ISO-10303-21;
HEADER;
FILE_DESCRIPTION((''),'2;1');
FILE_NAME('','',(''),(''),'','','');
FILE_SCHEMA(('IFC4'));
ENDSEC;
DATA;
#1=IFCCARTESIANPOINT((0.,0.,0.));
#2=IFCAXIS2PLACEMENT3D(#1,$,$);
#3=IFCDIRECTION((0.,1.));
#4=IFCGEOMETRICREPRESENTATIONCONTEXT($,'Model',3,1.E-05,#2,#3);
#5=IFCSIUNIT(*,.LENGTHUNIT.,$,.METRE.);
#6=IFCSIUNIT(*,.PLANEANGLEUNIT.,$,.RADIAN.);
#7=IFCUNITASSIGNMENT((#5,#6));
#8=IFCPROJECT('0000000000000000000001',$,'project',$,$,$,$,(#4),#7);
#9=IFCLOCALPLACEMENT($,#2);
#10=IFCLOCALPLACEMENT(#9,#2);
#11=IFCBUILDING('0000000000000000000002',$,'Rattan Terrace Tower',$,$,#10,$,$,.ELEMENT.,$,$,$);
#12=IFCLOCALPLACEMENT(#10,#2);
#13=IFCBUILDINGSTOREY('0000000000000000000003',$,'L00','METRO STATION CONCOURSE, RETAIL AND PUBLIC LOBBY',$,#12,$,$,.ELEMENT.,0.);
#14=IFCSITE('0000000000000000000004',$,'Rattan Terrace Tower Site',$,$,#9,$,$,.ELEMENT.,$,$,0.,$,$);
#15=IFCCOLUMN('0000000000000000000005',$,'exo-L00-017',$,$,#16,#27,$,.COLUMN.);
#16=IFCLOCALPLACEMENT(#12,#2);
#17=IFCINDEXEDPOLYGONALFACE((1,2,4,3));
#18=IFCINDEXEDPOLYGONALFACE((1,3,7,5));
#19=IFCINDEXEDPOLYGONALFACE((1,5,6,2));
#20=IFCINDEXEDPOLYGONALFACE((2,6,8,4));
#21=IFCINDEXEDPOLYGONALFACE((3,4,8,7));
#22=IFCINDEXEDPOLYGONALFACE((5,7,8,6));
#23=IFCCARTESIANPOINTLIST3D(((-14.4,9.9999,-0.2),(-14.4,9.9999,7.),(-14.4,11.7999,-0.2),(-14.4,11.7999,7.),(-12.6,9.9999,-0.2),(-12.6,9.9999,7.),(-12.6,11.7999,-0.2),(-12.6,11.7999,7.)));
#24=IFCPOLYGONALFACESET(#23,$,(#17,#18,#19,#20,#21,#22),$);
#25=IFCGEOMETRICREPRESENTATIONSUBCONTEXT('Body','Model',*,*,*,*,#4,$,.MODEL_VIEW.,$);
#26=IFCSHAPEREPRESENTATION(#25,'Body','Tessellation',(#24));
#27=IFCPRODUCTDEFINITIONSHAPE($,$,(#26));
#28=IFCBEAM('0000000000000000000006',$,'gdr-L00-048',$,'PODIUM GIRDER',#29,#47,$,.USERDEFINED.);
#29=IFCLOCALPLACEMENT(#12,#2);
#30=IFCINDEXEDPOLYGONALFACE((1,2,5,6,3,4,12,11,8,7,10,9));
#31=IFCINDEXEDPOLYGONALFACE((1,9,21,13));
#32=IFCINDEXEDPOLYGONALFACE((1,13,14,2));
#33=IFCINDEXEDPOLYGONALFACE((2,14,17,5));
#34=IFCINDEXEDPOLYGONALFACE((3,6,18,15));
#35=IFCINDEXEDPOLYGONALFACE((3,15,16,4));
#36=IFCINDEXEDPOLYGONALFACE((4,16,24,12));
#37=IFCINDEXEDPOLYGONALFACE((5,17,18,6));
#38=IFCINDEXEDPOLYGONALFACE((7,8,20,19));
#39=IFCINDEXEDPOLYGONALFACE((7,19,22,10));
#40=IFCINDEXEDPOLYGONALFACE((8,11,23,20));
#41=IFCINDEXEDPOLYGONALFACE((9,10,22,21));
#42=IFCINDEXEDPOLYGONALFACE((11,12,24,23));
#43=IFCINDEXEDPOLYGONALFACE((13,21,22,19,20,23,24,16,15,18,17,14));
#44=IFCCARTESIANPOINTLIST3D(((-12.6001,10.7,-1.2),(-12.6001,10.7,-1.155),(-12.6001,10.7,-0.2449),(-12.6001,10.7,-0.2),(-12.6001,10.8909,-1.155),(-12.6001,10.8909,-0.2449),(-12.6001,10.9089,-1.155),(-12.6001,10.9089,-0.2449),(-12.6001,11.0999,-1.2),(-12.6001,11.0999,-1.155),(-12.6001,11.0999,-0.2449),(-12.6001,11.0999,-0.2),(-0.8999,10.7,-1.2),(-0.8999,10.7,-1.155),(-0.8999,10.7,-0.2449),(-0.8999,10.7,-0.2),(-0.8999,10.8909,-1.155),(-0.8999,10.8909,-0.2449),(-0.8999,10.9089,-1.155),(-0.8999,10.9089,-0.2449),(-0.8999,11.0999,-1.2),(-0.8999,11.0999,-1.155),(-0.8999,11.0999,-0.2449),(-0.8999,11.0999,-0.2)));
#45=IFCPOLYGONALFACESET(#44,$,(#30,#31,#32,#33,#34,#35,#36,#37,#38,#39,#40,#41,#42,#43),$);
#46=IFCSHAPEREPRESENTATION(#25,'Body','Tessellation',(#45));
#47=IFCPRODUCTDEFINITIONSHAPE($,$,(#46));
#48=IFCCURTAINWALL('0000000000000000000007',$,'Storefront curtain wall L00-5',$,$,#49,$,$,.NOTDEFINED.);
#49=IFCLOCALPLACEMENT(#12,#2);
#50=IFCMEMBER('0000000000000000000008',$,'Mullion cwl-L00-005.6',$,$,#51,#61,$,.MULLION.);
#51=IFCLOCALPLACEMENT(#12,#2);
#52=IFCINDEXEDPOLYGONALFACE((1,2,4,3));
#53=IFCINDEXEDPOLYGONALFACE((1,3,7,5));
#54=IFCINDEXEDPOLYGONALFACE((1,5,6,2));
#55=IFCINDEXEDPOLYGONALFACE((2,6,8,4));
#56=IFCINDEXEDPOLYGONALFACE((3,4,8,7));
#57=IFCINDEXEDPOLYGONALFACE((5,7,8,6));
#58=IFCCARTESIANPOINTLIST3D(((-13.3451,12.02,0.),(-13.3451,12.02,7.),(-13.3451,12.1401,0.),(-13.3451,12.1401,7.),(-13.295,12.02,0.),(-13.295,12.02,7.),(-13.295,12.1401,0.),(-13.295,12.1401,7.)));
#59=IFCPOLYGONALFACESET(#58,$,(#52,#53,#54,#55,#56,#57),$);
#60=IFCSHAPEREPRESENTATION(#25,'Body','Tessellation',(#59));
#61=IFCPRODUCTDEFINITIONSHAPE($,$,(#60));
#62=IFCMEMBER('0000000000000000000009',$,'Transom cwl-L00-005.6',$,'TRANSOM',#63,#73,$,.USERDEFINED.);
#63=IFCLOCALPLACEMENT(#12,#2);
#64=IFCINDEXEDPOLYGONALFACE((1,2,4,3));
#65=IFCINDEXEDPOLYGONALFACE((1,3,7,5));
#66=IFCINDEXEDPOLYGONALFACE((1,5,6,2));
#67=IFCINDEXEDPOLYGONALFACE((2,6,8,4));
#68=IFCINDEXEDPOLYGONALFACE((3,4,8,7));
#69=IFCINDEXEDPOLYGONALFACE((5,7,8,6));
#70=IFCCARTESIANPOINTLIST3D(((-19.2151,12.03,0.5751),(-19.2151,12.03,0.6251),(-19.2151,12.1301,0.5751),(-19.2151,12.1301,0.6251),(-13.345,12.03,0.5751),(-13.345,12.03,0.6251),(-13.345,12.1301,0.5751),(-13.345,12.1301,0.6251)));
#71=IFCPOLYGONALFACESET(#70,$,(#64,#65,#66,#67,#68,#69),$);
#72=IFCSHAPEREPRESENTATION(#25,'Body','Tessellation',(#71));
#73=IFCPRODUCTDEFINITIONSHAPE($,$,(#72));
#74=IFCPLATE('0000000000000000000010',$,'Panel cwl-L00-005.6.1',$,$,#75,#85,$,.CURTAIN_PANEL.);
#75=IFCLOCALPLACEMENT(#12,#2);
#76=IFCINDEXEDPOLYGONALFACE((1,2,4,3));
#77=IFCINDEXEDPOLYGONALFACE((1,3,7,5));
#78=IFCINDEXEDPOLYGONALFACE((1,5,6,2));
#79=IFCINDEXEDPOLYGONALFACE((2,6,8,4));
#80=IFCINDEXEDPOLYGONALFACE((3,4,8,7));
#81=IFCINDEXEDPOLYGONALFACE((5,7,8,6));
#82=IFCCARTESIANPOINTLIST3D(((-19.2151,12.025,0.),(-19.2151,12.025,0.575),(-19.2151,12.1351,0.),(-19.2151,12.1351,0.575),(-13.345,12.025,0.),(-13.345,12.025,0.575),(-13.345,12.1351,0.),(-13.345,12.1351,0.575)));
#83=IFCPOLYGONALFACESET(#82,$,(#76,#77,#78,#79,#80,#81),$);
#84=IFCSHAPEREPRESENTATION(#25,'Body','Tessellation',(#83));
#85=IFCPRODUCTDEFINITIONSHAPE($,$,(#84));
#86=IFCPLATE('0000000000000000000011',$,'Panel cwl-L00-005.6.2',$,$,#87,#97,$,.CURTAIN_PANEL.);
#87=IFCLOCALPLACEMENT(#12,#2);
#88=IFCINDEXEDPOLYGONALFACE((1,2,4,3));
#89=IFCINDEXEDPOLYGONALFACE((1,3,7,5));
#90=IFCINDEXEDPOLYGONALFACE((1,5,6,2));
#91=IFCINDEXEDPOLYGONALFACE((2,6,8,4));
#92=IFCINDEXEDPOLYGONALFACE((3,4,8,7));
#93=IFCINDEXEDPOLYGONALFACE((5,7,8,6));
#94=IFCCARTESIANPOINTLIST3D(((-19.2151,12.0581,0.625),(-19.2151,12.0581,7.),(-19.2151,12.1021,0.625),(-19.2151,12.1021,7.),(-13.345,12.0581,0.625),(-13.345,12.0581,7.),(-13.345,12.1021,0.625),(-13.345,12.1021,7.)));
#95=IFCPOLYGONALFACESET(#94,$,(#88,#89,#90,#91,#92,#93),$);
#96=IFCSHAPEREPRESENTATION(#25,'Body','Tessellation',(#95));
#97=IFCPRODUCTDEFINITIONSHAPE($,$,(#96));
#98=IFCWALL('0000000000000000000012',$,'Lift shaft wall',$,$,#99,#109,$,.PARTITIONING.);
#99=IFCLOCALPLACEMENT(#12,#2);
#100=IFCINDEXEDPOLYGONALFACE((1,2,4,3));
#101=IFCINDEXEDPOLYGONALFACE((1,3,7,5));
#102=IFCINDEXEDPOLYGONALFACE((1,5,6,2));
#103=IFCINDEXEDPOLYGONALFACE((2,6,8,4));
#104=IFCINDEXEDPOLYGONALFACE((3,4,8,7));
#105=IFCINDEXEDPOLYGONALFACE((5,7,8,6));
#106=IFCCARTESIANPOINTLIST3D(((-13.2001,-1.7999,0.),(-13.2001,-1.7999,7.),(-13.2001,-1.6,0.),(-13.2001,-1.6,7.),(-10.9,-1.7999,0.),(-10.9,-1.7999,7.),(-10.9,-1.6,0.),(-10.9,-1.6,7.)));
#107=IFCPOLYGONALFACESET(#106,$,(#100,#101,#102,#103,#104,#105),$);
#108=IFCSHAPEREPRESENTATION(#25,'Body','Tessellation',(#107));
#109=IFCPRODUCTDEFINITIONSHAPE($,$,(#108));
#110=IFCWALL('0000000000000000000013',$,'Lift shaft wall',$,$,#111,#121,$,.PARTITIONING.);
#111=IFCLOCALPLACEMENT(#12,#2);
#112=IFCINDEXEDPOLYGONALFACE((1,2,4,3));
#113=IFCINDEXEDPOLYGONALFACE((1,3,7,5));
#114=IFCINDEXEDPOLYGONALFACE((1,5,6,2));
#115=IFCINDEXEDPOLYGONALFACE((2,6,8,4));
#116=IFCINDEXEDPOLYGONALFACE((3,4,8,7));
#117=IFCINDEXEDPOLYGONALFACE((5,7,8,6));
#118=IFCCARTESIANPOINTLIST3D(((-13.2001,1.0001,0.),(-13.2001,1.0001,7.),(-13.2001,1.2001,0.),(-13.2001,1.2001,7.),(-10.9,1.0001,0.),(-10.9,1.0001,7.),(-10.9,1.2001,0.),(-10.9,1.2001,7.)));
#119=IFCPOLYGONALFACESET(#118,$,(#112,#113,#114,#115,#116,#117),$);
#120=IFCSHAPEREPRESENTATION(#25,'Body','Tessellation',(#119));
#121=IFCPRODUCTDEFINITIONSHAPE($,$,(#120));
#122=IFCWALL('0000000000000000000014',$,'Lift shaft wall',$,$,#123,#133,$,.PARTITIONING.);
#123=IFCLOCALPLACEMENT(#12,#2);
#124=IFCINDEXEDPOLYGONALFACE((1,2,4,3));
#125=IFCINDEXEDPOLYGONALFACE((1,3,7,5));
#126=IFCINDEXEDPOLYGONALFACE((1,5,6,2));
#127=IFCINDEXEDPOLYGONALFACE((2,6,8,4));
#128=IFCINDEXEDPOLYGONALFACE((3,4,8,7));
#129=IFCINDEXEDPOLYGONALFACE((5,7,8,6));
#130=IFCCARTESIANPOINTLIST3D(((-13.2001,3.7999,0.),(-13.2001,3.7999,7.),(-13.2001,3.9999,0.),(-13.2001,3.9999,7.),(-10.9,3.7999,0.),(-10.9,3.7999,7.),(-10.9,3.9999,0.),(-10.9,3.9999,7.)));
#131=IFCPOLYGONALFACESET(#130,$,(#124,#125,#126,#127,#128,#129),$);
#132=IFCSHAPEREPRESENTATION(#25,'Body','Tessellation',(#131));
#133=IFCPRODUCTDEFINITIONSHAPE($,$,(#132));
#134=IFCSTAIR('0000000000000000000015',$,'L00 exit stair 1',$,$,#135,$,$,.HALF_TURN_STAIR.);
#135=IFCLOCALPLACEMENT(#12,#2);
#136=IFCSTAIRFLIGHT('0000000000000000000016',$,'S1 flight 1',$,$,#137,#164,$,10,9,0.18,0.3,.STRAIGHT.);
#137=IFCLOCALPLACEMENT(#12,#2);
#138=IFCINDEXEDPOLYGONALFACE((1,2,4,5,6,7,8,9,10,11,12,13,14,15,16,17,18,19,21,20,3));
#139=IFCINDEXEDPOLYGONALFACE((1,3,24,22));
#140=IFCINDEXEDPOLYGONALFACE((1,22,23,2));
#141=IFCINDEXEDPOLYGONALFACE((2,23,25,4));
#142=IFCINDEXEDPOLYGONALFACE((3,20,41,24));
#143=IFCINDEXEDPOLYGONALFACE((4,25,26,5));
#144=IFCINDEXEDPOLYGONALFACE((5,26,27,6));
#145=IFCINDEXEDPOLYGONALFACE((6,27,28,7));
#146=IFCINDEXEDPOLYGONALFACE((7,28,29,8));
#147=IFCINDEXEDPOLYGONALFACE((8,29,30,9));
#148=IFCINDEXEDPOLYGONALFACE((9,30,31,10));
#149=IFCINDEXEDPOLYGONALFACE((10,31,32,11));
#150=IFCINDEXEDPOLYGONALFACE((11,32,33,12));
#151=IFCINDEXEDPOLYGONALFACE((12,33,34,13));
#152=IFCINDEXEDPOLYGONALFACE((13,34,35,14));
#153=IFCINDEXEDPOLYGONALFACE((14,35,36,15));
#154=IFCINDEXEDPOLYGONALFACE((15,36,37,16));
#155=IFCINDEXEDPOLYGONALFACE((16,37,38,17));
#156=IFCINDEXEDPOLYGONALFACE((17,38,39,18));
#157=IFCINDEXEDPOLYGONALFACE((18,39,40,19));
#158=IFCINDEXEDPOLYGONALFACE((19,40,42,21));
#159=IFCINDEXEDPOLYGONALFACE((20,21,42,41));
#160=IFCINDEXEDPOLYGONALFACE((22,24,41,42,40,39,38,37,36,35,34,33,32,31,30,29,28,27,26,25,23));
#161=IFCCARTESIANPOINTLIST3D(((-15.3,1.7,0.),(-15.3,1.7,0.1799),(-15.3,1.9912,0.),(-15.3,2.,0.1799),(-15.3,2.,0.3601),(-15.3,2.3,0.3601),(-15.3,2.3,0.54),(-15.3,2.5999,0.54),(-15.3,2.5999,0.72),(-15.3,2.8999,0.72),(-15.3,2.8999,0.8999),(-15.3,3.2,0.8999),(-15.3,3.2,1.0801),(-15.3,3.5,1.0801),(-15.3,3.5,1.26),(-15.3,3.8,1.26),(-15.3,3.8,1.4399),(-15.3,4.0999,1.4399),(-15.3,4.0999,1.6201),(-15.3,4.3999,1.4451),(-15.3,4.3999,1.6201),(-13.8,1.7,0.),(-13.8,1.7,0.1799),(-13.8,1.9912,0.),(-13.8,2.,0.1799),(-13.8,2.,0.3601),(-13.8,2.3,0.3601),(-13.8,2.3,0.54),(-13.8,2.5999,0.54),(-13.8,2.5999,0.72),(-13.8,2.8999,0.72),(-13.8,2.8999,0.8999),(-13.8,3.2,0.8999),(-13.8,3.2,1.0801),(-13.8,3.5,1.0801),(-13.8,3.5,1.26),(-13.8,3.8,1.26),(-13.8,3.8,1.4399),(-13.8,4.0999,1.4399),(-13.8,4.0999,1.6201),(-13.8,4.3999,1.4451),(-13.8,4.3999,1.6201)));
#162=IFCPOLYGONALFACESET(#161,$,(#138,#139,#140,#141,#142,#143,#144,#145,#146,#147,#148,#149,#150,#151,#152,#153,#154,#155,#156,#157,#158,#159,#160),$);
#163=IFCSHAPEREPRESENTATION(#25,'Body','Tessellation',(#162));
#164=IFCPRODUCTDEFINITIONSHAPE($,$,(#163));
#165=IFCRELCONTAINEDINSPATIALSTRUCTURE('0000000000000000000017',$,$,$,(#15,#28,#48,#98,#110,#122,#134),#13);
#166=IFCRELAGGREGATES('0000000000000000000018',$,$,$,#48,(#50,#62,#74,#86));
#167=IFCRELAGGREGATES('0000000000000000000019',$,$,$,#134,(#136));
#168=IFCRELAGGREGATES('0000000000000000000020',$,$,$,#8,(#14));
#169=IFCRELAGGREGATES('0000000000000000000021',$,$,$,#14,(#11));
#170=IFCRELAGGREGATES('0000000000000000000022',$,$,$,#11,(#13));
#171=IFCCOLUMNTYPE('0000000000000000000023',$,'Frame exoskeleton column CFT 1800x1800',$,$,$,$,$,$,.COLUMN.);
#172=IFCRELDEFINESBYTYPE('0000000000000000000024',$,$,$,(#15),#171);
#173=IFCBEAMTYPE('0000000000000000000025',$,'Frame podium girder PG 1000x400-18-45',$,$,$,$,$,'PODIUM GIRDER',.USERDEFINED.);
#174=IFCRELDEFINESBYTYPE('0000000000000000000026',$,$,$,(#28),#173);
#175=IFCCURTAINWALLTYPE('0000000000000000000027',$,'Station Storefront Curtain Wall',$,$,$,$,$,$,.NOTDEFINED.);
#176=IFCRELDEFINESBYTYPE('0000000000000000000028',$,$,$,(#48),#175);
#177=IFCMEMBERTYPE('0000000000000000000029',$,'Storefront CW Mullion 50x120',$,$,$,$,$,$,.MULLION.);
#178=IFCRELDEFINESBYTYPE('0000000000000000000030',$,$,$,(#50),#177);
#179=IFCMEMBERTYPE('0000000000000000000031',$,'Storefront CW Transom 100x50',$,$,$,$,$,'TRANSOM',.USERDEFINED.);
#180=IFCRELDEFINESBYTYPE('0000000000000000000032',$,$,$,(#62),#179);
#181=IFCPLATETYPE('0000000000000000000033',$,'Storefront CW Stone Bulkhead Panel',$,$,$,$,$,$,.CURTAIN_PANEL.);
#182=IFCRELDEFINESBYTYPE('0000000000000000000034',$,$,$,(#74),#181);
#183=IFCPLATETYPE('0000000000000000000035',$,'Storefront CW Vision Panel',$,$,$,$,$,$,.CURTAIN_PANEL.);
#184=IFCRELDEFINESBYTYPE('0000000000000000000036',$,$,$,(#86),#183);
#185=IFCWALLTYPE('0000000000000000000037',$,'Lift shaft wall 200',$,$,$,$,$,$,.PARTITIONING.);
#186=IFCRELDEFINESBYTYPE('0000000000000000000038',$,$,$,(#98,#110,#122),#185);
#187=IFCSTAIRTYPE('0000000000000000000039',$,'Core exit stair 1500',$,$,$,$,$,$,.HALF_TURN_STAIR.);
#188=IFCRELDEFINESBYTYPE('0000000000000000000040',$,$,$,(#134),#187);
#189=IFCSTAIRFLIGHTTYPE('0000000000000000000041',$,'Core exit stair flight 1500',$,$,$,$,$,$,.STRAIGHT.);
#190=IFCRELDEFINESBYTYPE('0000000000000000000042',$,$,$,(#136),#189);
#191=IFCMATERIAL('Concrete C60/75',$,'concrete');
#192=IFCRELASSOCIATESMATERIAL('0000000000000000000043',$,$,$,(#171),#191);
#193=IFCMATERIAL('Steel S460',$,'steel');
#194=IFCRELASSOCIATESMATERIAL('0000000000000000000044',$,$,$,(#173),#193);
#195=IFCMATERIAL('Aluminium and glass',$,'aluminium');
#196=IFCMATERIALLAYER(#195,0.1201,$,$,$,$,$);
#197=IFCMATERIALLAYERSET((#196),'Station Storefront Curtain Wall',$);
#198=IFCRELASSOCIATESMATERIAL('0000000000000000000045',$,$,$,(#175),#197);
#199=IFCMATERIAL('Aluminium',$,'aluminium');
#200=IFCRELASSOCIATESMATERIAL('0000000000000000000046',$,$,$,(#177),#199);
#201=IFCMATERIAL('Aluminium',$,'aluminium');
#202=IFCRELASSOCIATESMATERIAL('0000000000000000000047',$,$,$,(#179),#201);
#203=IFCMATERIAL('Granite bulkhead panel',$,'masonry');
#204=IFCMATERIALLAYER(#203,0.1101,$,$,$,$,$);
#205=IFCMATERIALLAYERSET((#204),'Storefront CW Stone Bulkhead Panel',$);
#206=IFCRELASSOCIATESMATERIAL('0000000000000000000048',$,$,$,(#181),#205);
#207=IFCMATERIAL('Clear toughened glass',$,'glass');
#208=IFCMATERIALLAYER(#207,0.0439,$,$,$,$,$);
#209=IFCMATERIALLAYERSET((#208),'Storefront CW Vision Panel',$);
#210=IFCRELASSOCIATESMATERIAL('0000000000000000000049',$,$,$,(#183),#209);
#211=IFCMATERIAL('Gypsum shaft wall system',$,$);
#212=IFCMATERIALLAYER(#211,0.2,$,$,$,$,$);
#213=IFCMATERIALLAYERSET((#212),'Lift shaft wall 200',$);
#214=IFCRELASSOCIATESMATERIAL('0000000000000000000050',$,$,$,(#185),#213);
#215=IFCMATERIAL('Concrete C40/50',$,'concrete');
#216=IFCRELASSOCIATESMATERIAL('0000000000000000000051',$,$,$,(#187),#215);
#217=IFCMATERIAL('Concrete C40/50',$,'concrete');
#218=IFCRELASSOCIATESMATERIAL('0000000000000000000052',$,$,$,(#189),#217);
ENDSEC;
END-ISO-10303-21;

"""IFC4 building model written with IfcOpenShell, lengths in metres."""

from ifc_helpers import new_model, si_unit, direction, frame, frame_2d, origin, origin_2d, place, context, subcontext, project, spatial, polyline, rectangle, i_section, outline, extrude, material, layer, layer_set, material_profile, profile_set, type_object, element, aggregate, save


model = new_model("IFC4")

# Units and contexts
model_context = context("Model", 3, precision=1e-05, world=origin(), true_north=direction((0.0, 1.0)))
body_context = subcontext(model_context, "Body", "Model", "MODEL_VIEW")
ifc_project = project(units=[si_unit("LENGTHUNIT", "METRE"), si_unit("PLANEANGLEUNIT", "RADIAN")], contexts=[model_context])

# Site, building, storey
site_placement = place(None, origin())
site = spatial("IfcSite", under=ifc_project, at=site_placement, Name="Rattan Terrace Tower Site", CompositionType="ELEMENT", RefElevation=0.0)
building_placement = place(site_placement, origin())
building = spatial("IfcBuilding", under=site, at=building_placement, Name="Rattan Terrace Tower", CompositionType="ELEMENT")
storey_placement = place(building_placement, origin())
storey = spatial("IfcBuildingStorey", under=building, at=storey_placement, Name="L00", Description="METRO STATION CONCOURSE, RETAIL AND PUBLIC LOBBY", CompositionType="ELEMENT", Elevation=0.0)

# Column
ifc_material_1 = material(Name="Concrete C60/75", Category="concrete")
ifc_material_profile_1 = material_profile(ifc_material_1, rectangle(XDim=1.8, YDim=1.8, at=origin_2d()), Name="CFT 1800x1800")
ifc_profile_set_1 = profile_set([ifc_material_profile_1], Name="Concrete C60/75")
column_type = type_object("IfcColumnType", Name="Frame exoskeleton column CFT 1800x1800", PredefinedType="COLUMN", material=ifc_profile_set_1)
column_placement = place(storey_placement, frame((-13.5, 10.8999, -0.2), z_axis=(0.0, 0.0, 1.0), x_axis=(1.0, 0.0, 0.0)))
element("IfcColumn", 1, at=column_placement, inside=storey, type_object=column_type, Name="exo-L00-017", PredefinedType="COLUMN", context=body_context, shape_type="SweptSolid", body=[
    extrude(rectangle(XDim=1.8, YDim=1.8, at=origin_2d()), origin(), (0.0, 0.0, 1.0), 7.2),
])

# Beam
ifc_material_2 = material(Name="Steel S460", Category="steel")
ifc_material_profile_2 = material_profile(ifc_material_2, i_section(OverallWidth=0.3999, OverallDepth=1.0, WebThickness=0.0181, FlangeThickness=0.0449, at=origin_2d()), Name="PG 1000x400-18-45")
ifc_profile_set_2 = profile_set([ifc_material_profile_2], Name="Steel S460")
beam_type = type_object("IfcBeamType", Name="Frame podium girder PG 1000x400-18-45", ElementType="PODIUM GIRDER", PredefinedType="USERDEFINED", material=ifc_profile_set_2)
beam_placement = place(storey_placement, frame((-12.6001, 10.8999, -0.7), z_axis=(1.0, 0.0, 0.0), x_axis=(0.0, 1.0, 0.0)))
element("IfcBeam", 2, at=beam_placement, inside=storey, type_object=beam_type, Name="gdr-L00-048", ObjectType="PODIUM GIRDER", PredefinedType="USERDEFINED", context=body_context, shape_type="SweptSolid", body=[
    extrude(i_section(OverallWidth=0.3999, OverallDepth=1.0, WebThickness=0.0181, FlangeThickness=0.0449, at=origin_2d()), origin(), (0.0, 0.0, 1.0), 11.7002),
])

# Curtain wall, members, plates
ifc_material_3 = material(Name="Aluminium and glass", Category="aluminium")
ifc_layer_1 = layer(ifc_material_3, 0.1201)
ifc_layer_set_1 = layer_set([ifc_layer_1], Name="Station Storefront Curtain Wall")
curtain_wall_type = type_object("IfcCurtainWallType", Name="Station Storefront Curtain Wall", PredefinedType="NOTDEFINED", material=ifc_layer_set_1)
curtain_wall_placement = place(storey_placement, origin())
curtain_wall = element("IfcCurtainWall", 3, at=curtain_wall_placement, inside=storey, type_object=curtain_wall_type, Name="Storefront curtain wall L00-5", PredefinedType="NOTDEFINED")
ifc_material_4 = material(Name="Aluminium", Category="aluminium")
ifc_material_profile_3 = material_profile(ifc_material_4, rectangle(XDim=0.05, YDim=0.1201, at=origin_2d()), Name="Aluminium 50x120")
ifc_profile_set_3 = profile_set([ifc_material_profile_3], Name="Aluminium")
member_type_1 = type_object("IfcMemberType", Name="Storefront CW Mullion 50x120", PredefinedType="MULLION", material=ifc_profile_set_3)
member_1_placement = place(storey_placement, frame((-13.3201, 12.0801, 0.0), z_axis=(0.0, 0.0, 1.0), x_axis=(-1.0, 0.0, 0.0)))
member_1 = element("IfcMember", 4, at=member_1_placement, type_object=member_type_1, Name="Mullion cwl-L00-005.6", PredefinedType="MULLION", context=body_context, shape_type="SweptSolid", body=[
    extrude(rectangle(XDim=0.05, YDim=0.1201, at=origin_2d()), origin(), (0.0, 0.0, 1.0), 7.0),
])
ifc_material_5 = material(Name="Aluminium", Category="aluminium")
ifc_material_profile_4 = material_profile(ifc_material_5, rectangle(XDim=0.1001, YDim=0.05, at=origin_2d()), Name="Aluminium 100x50")
ifc_profile_set_4 = profile_set([ifc_material_profile_4], Name="Aluminium")
member_type_2 = type_object("IfcMemberType", Name="Storefront CW Transom 100x50", ElementType="TRANSOM", PredefinedType="USERDEFINED", material=ifc_profile_set_4)
member_2_placement = place(storey_placement, frame((-13.345, 12.0801, 0.6001), z_axis=(-1.0, 0.0, 0.0), x_axis=(0.0, -1.0, 0.0)))
member_2 = element("IfcMember", 5, at=member_2_placement, type_object=member_type_2, Name="Transom cwl-L00-005.6", ObjectType="TRANSOM", PredefinedType="USERDEFINED", context=body_context, shape_type="SweptSolid", body=[
    extrude(rectangle(XDim=0.1001, YDim=0.05, at=origin_2d()), origin(), (0.0, 0.0, 1.0), 5.8701),
])
ifc_material_6 = material(Name="Granite bulkhead panel", Category="masonry")
ifc_layer_2 = layer(ifc_material_6, 0.1101)
ifc_layer_set_2 = layer_set([ifc_layer_2], Name="Storefront CW Stone Bulkhead Panel")
plate_type_1 = type_object("IfcPlateType", Name="Storefront CW Stone Bulkhead Panel", PredefinedType="CURTAIN_PANEL", material=ifc_layer_set_2)
plate_1_placement = place(storey_placement, frame((-16.28, 12.0801, 0.0), z_axis=(0.0, 0.0, 1.0), x_axis=(-1.0, 0.0, 0.0)))
plate_1 = element("IfcPlate", 6, at=plate_1_placement, type_object=plate_type_1, Name="Panel cwl-L00-005.6.1", PredefinedType="CURTAIN_PANEL", context=body_context, shape_type="SweptSolid", body=[
    extrude(rectangle(XDim=5.8701, YDim=0.1101, at=origin_2d()), origin(), (0.0, 0.0, 1.0), 0.575),
])
ifc_material_7 = material(Name="Clear toughened glass", Category="glass")
ifc_layer_3 = layer(ifc_material_7, 0.0439)
ifc_layer_set_3 = layer_set([ifc_layer_3], Name="Storefront CW Vision Panel")
plate_type_2 = type_object("IfcPlateType", Name="Storefront CW Vision Panel", PredefinedType="CURTAIN_PANEL", material=ifc_layer_set_3)
plate_2_placement = place(storey_placement, frame((-16.28, 12.0801, 0.625), z_axis=(0.0, 0.0, 1.0), x_axis=(-1.0, 0.0, 0.0)))
plate_2 = element("IfcPlate", 7, at=plate_2_placement, type_object=plate_type_2, Name="Panel cwl-L00-005.6.2", PredefinedType="CURTAIN_PANEL", context=body_context, shape_type="SweptSolid", body=[
    extrude(rectangle(XDim=5.8701, YDim=0.0439, at=origin_2d()), origin(), (0.0, 0.0, 1.0), 6.375),
])
aggregate(curtain_wall, [member_1, member_2, plate_1, plate_2])

# Walls
ifc_material_8 = material(Name="Gypsum shaft wall system")
ifc_layer_4 = layer(ifc_material_8, 0.2)
ifc_layer_set_4 = layer_set([ifc_layer_4], Name="Lift shaft wall 200")
wall_type = type_object("IfcWallType", Name="Lift shaft wall 200", PredefinedType="PARTITIONING", material=ifc_layer_set_4)
for number, where, z_axis, x_axis, name in (
    (8, (-13.2, -1.7, 0.0), (0.0, 0.0, 1.0), (1.0, 0.0, 0.0), "Lift shaft wall"),
    (9, (-13.2, 1.1001, 0.0), (0.0, 0.0, 1.0), (1.0, 0.0, 0.0), "Lift shaft wall"),
    (10, (-13.2, 3.8999, 0.0), (0.0, 0.0, 1.0), (1.0, 0.0, 0.0), "Lift shaft wall"),
):
    element("IfcWall", number, at=place(storey_placement, frame(where, z_axis=z_axis, x_axis=x_axis)), inside=storey, type_object=wall_type, Name=name, PredefinedType="PARTITIONING", context=body_context, shape_type="SweptSolid", body=[
        extrude(rectangle(XDim=2.3, YDim=0.2, at=frame_2d((1.1499, 0.0))), origin(), (0.0, 0.0, 1.0), 7.0),
    ])

# Stair, stair flight
ifc_material_9 = material(Name="Concrete C40/50", Category="concrete")
stair_type = type_object("IfcStairType", Name="Core exit stair 1500", PredefinedType="HALF_TURN_STAIR", material=ifc_material_9)
stair_placement = place(storey_placement, origin())
stair = element("IfcStair", 11, at=stair_placement, inside=storey, type_object=stair_type, Name="L00 exit stair 1", PredefinedType="HALF_TURN_STAIR")
ifc_material_10 = material(Name="Concrete C40/50", Category="concrete")
stair_flight_type = type_object("IfcStairFlightType", Name="Core exit stair flight 1500", PredefinedType="STRAIGHT", material=ifc_material_10)
stair_flight_1_placement = place(storey_placement, frame((-14.55, 1.7, 0.0), z_axis=(0.0, 0.0, 1.0), x_axis=(0.0, 1.0, 0.0)))
stair_flight_1 = element("IfcStairFlight", 12, at=stair_flight_1_placement, type_object=stair_flight_type, Name="S1 flight 1", NumberOfRisers=10, NumberOfTreads=9, PredefinedType="STRAIGHT", RiserHeight=0.18, TreadLength=0.3, context=body_context, shape_type="SweptSolid", body=[
    extrude(outline(polyline([(0.0, 0.0), (0.0, 0.1799), (0.3, 0.1799), (0.3, 0.3601), (0.6001, 0.3601), (0.6001, 0.54), (0.8999, 0.54), (0.8999, 0.72), (1.2, 0.72), (1.2, 0.8999), (1.5, 0.8999), (1.5, 1.0801), (1.8, 1.0801), (1.8, 1.26), (2.1001, 1.26), (2.1001, 1.4399), (2.3999, 1.4399), (2.3999, 1.6201), (2.7, 1.6201), (2.7, 1.8), (2.7, 1.4451), (0.2913, 0.0), (0.0, 0.0)])), frame((0.0, 0.75, 0.0), z_axis=(0.0, -1.0, 0.0), x_axis=(1.0, 0.0, 0.0)), (0.0, 0.0, 1.0), 1.5),
])
aggregate(stair, [stair_flight_1])

save(model, "model.ifc")
